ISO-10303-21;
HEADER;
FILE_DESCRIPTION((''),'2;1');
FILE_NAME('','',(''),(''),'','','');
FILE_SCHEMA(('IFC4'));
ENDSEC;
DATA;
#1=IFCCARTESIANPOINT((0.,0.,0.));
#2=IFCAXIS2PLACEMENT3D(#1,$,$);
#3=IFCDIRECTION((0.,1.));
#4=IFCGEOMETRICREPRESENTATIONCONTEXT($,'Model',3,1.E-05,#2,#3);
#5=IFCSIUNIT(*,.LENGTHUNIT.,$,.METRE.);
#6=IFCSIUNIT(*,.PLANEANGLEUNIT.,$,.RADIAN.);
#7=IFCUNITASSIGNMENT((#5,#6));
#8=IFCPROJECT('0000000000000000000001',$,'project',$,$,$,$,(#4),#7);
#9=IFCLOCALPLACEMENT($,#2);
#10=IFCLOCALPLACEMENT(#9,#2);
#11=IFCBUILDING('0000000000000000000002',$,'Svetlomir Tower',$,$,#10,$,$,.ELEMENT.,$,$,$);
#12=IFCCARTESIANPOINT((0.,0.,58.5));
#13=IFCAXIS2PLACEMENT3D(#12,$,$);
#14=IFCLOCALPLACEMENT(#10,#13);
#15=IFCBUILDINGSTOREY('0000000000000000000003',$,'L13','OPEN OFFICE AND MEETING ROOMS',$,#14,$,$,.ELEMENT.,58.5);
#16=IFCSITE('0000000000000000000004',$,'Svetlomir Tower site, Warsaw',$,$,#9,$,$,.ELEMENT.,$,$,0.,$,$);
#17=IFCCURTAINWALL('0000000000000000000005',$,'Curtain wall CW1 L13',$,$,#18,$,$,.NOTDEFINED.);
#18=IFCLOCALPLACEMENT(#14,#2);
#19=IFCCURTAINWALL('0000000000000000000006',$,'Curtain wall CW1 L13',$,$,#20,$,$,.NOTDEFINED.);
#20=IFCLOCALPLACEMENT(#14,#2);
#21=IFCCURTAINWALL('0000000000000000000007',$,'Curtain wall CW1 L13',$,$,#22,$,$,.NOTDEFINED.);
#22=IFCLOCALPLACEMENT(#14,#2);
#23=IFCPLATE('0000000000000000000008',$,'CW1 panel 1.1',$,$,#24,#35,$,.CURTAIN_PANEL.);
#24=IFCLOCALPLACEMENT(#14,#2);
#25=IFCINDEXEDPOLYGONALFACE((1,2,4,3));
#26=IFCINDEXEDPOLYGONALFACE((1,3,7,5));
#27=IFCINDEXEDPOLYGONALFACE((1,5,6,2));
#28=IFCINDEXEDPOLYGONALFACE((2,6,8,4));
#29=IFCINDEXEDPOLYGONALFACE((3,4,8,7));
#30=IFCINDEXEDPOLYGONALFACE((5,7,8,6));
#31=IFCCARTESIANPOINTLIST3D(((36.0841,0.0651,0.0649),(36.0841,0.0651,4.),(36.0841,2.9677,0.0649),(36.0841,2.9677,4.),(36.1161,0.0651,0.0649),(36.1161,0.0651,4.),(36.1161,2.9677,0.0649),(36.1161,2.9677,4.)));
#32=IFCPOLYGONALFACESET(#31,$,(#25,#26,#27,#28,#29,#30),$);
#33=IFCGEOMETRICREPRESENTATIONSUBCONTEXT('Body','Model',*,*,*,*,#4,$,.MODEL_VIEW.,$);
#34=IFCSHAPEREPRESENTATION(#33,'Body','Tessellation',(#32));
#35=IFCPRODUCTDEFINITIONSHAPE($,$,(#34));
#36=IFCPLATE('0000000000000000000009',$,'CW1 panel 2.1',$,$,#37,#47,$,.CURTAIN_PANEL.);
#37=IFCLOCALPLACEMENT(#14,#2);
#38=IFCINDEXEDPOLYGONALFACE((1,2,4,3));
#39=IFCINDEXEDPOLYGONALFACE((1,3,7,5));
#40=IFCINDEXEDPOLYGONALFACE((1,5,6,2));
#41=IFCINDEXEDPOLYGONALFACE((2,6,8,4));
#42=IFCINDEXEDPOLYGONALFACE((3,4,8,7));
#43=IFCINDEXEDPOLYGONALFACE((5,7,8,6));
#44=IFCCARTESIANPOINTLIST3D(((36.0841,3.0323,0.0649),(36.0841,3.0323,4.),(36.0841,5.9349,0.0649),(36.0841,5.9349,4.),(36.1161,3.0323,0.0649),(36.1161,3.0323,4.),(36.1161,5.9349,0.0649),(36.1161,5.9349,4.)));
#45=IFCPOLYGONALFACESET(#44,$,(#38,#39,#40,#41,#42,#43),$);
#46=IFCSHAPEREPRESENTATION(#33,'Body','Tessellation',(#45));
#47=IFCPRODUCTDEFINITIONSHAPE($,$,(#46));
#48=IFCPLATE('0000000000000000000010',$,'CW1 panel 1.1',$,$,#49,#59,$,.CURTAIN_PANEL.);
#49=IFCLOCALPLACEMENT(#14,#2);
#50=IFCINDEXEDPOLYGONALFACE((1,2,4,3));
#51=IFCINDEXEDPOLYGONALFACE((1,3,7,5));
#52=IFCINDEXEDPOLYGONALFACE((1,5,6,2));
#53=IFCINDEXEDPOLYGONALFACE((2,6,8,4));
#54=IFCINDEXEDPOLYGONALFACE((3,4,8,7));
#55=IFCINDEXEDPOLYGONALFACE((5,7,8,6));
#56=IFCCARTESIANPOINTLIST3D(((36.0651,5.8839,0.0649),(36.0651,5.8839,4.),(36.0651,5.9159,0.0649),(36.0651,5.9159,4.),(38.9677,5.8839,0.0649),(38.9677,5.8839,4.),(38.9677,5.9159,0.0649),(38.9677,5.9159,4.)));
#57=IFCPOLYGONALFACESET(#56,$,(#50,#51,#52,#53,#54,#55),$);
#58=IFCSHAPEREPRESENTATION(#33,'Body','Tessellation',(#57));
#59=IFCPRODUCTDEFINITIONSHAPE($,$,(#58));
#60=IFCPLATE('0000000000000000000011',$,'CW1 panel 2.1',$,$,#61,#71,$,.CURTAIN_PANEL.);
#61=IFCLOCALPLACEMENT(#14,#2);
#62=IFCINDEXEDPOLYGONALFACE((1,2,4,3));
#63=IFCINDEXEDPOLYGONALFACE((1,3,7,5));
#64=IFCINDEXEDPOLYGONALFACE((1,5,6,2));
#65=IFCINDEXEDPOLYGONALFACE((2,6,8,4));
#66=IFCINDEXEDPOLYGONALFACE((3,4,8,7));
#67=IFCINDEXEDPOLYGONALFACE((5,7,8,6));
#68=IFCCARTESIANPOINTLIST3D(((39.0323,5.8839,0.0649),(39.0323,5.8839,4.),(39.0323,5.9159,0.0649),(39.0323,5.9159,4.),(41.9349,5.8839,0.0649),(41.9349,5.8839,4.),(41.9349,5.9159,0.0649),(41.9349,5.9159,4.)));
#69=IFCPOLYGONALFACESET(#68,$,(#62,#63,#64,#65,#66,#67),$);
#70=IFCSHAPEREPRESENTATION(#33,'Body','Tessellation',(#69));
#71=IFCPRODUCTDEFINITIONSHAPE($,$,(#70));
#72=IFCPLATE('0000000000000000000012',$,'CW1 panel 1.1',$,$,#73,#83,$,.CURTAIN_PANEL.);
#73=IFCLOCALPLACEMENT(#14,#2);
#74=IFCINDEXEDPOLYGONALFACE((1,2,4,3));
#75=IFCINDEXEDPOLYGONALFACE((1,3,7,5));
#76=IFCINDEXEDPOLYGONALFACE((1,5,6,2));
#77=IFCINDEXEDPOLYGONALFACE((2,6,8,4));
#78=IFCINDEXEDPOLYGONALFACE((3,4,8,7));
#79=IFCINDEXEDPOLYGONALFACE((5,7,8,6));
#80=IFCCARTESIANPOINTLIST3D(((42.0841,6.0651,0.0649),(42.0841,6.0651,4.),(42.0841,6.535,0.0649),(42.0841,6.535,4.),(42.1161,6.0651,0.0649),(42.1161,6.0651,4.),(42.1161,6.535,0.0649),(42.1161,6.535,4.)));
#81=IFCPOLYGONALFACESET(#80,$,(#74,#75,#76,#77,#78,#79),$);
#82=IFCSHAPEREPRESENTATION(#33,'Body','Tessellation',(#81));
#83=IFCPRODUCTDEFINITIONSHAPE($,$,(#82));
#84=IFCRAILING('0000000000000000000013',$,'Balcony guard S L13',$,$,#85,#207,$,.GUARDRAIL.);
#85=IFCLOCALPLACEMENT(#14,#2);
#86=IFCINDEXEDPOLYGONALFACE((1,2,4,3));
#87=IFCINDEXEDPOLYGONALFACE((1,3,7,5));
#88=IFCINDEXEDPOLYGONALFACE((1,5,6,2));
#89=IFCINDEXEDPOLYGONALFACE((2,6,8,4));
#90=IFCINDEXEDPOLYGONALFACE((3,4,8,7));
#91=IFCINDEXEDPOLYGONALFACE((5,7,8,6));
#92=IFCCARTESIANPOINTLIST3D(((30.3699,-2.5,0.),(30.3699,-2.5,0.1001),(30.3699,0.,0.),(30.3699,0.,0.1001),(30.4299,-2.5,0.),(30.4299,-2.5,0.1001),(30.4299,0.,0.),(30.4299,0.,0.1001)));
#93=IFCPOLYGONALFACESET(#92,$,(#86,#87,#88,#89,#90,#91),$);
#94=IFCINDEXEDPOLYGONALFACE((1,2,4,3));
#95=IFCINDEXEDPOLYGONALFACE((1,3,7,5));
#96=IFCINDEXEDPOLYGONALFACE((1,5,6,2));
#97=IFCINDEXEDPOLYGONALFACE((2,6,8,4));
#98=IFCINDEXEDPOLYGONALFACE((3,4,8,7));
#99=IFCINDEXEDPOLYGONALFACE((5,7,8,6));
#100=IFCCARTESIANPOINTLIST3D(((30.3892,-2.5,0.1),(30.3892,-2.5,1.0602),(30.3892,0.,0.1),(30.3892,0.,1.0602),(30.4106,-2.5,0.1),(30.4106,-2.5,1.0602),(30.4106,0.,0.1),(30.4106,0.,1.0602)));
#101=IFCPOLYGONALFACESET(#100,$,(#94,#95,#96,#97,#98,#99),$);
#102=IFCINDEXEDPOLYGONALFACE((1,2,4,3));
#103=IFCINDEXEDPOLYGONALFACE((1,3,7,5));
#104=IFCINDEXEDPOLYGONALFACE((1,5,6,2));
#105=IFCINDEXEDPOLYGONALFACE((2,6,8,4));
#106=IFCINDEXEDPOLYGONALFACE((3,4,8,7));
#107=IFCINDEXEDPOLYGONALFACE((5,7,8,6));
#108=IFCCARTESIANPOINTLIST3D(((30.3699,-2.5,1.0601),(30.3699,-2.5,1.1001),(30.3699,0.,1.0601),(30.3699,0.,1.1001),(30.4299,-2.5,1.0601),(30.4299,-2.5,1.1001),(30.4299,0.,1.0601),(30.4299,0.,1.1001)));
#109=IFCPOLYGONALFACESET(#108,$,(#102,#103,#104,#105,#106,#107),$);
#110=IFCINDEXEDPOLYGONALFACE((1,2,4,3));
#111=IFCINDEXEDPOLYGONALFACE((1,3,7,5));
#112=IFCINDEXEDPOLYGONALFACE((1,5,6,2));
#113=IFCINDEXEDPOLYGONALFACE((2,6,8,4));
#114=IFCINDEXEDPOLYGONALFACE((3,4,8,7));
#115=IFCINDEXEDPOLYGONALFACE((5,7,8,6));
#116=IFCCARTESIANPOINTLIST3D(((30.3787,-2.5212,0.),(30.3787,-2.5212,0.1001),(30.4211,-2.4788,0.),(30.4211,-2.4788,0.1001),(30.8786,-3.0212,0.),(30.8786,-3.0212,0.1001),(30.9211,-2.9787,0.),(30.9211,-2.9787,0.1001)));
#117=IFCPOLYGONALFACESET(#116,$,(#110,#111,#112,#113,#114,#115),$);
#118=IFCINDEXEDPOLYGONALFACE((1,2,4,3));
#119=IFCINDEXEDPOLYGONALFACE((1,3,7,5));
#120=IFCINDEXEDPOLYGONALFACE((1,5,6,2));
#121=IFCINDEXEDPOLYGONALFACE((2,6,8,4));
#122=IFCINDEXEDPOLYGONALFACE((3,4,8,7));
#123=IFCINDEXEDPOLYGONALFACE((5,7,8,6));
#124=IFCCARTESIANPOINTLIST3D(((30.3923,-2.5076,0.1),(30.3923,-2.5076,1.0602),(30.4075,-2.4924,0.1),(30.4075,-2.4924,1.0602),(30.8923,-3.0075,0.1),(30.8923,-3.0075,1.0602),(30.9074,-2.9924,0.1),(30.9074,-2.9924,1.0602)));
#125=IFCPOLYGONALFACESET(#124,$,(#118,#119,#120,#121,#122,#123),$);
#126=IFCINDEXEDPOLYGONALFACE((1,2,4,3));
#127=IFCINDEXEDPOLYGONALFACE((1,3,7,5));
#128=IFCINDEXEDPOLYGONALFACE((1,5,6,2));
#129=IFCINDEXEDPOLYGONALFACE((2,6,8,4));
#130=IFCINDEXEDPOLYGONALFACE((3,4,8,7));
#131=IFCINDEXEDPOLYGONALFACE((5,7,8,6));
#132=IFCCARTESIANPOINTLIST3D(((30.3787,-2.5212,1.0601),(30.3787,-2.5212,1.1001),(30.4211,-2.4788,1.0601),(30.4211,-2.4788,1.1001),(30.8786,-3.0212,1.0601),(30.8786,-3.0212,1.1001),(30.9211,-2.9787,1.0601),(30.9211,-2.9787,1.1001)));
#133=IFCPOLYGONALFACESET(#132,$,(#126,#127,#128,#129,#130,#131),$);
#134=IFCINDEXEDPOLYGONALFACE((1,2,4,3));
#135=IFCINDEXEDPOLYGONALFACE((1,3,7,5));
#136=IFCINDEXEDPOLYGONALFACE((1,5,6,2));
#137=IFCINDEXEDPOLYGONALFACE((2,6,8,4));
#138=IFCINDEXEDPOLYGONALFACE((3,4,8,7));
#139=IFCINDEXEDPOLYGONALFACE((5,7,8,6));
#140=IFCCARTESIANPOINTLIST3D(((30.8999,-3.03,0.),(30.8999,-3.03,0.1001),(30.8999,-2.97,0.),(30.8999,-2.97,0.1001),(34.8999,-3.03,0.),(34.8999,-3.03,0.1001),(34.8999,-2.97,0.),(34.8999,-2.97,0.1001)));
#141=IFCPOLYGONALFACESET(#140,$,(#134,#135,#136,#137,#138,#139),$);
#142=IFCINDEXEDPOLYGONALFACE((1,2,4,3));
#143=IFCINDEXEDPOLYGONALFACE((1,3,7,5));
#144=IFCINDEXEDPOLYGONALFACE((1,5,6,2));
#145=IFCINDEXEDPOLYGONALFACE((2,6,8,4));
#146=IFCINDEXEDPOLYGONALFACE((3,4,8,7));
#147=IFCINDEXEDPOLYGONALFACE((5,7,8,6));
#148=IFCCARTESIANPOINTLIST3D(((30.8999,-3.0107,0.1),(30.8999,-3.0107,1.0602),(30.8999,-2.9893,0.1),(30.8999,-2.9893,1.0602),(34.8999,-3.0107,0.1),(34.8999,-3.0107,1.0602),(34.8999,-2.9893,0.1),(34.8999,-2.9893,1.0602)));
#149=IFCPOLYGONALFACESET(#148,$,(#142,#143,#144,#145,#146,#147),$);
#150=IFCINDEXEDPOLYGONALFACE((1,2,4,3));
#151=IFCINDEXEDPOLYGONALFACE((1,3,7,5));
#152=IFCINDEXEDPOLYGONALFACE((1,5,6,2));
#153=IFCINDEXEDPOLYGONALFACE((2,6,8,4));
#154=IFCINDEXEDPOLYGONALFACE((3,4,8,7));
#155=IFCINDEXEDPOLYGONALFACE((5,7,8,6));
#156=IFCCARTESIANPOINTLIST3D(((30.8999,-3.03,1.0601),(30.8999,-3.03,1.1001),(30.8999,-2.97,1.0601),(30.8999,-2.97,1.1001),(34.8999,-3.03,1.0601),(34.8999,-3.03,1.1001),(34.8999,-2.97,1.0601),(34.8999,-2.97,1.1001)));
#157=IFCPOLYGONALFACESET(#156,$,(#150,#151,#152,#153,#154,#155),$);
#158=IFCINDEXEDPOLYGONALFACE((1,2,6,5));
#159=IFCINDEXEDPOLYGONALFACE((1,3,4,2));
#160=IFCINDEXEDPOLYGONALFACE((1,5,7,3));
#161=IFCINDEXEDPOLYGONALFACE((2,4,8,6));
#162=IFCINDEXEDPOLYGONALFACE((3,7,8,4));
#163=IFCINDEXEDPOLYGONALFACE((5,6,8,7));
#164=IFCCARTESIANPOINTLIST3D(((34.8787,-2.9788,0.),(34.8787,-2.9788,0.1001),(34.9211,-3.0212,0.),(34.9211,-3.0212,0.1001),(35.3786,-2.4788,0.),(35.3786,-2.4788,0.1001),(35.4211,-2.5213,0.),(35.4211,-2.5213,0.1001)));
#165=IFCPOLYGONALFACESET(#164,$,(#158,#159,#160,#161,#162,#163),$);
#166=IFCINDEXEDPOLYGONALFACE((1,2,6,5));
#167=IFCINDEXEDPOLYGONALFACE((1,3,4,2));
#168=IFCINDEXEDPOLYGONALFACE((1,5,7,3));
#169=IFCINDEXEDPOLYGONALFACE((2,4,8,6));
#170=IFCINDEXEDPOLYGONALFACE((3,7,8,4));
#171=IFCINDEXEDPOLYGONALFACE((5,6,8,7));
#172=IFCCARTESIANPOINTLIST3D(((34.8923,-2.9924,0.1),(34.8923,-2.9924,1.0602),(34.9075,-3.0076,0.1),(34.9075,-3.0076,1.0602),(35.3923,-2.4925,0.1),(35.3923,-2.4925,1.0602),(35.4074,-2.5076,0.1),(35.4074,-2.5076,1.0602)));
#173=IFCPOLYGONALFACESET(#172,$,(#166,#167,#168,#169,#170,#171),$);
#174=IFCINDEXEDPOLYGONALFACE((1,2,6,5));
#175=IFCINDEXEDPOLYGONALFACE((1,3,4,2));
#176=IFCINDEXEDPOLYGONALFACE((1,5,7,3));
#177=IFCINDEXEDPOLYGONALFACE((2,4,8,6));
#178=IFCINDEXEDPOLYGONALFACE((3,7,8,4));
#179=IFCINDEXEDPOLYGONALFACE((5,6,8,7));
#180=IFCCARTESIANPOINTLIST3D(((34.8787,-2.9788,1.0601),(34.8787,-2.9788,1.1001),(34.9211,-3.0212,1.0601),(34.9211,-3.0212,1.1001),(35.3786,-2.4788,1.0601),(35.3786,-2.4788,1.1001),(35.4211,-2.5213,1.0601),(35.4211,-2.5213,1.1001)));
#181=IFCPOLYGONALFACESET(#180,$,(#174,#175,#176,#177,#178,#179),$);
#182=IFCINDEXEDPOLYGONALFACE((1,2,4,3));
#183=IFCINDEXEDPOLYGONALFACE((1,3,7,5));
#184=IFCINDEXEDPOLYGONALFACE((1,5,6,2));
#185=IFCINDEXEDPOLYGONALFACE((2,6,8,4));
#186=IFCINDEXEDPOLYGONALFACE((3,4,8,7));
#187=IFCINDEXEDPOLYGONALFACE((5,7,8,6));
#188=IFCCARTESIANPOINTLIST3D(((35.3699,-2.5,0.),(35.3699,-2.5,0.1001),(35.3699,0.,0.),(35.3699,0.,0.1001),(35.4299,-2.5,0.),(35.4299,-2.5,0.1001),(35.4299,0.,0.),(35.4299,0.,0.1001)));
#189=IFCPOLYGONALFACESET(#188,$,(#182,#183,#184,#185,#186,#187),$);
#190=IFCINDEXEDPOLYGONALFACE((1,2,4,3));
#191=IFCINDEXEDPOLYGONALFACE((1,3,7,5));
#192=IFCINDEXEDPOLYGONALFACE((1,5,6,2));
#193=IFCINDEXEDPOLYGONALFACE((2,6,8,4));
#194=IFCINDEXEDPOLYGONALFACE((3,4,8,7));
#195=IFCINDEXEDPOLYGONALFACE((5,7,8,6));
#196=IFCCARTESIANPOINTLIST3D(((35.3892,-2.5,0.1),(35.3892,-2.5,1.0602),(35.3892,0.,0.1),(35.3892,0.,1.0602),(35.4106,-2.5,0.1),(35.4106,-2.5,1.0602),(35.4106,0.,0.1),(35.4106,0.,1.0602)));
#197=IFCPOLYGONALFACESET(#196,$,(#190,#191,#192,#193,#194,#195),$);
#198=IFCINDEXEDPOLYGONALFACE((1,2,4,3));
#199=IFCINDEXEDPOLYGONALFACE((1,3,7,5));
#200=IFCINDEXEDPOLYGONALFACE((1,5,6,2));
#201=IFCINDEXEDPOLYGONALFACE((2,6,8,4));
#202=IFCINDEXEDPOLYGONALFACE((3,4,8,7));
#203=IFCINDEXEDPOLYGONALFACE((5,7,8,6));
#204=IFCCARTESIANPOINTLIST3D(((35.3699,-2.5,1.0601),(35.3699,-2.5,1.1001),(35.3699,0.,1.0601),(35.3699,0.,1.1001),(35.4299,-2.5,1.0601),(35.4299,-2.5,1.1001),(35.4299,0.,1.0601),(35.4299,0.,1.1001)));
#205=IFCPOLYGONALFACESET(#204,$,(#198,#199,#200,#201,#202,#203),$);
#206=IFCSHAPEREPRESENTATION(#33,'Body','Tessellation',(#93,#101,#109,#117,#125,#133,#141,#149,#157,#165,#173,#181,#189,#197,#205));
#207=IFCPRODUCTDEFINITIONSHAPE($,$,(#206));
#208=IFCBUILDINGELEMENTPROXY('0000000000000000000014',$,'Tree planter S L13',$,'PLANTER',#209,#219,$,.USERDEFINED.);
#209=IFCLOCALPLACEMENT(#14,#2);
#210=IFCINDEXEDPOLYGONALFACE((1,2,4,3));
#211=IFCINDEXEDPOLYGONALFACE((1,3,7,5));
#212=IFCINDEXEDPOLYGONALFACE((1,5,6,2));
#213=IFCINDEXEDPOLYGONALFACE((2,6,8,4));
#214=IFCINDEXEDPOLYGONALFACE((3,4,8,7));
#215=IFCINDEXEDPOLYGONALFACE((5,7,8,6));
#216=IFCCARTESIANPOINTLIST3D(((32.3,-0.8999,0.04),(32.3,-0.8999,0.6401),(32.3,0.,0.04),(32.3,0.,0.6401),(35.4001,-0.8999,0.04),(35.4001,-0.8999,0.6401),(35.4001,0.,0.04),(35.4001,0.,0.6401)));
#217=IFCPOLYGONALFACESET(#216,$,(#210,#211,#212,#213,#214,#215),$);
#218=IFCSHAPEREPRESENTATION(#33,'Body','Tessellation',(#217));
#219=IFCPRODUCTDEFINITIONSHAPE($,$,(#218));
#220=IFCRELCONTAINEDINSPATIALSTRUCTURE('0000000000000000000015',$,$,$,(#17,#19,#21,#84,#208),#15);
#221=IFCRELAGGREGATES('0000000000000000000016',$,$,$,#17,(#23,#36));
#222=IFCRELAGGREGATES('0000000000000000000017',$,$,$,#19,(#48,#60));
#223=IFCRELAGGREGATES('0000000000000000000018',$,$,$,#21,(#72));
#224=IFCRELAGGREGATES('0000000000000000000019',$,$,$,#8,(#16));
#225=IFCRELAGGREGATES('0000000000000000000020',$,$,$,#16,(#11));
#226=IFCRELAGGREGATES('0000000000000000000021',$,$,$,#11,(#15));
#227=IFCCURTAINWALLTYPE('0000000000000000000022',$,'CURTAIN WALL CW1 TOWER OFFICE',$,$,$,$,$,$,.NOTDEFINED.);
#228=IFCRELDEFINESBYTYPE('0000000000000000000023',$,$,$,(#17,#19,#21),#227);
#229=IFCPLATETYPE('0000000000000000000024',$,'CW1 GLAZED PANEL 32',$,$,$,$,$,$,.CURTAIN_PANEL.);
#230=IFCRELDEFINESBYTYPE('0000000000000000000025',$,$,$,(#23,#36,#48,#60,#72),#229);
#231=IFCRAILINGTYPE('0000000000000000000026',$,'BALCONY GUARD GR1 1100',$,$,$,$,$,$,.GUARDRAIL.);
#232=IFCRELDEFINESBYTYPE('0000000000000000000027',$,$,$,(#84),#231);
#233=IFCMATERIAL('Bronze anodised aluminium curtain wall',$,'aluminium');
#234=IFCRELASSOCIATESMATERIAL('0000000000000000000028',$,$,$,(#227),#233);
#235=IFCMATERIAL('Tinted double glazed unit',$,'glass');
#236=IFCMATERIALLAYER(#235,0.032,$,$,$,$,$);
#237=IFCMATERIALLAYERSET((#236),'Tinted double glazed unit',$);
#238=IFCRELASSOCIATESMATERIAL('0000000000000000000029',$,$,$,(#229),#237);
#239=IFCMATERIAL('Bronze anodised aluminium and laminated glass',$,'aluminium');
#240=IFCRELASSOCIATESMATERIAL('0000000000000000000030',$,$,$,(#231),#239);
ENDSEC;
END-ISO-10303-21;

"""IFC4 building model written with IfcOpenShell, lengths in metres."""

from ifc_helpers import new_model, si_unit, direction, frame, origin, origin_2d, place, context, subcontext, project, spatial, rectangle, extrude, material, layer, layer_set, type_object, element, aggregate, save


model = new_model("IFC4")

# Units and contexts
model_context = context("Model", 3, precision=1e-05, world=origin(), true_north=direction((0.0, 1.0)))
body_context = subcontext(model_context, "Body", "Model", "MODEL_VIEW")
ifc_project = project(units=[si_unit("LENGTHUNIT", "METRE"), si_unit("PLANEANGLEUNIT", "RADIAN")], contexts=[model_context])

# Site, building, storey
site_placement = place(None, origin())
site = spatial("IfcSite", under=ifc_project, at=site_placement, Name="Svetlomir Tower site, Warsaw", CompositionType="ELEMENT", RefElevation=0.0)
building_placement = place(site_placement, origin())
building = spatial("IfcBuilding", under=site, at=building_placement, Name="Svetlomir Tower", CompositionType="ELEMENT")
storey_placement = place(building_placement, frame((0.0, 0.0, 58.5)))
storey = spatial("IfcBuildingStorey", under=building, at=storey_placement, Name="L13", Description="OPEN OFFICE AND MEETING ROOMS", CompositionType="ELEMENT", Elevation=58.5)

# Curtain walls
ifc_material_1 = material(Name="Bronze anodised aluminium curtain wall", Category="aluminium")
curtain_wall_type = type_object("IfcCurtainWallType", Name="CURTAIN WALL CW1 TOWER OFFICE", PredefinedType="NOTDEFINED", material=ifc_material_1)
curtain_wall_1_placement = place(storey_placement, origin())
curtain_wall_1 = element("IfcCurtainWall", 1, at=curtain_wall_1_placement, inside=storey, type_object=curtain_wall_type, Name="Curtain wall CW1 L13", PredefinedType="NOTDEFINED")
curtain_wall_2_placement = place(storey_placement, origin())
curtain_wall_2 = element("IfcCurtainWall", 2, at=curtain_wall_2_placement, inside=storey, type_object=curtain_wall_type, Name="Curtain wall CW1 L13", PredefinedType="NOTDEFINED")

# Curtain wall
curtain_wall_3_placement = place(storey_placement, origin())
curtain_wall_3 = element("IfcCurtainWall", 3, at=curtain_wall_3_placement, inside=storey, type_object=curtain_wall_type, Name="Curtain wall CW1 L13", PredefinedType="NOTDEFINED")

# Plates
ifc_material_2 = material(Name="Tinted double glazed unit", Category="glass")
ifc_layer = layer(ifc_material_2, 0.032)
ifc_layer_set = layer_set([ifc_layer], Name="Tinted double glazed unit")
plate_type = type_object("IfcPlateType", Name="CW1 GLAZED PANEL 32", PredefinedType="CURTAIN_PANEL", material=ifc_layer_set)
plate_1_placement = place(storey_placement, frame((36.1001, 1.5164, 0.0649), z_axis=(0.0, 0.0, 1.0), x_axis=(0.0, 1.0, 0.0)))
plate_1 = element("IfcPlate", 4, at=plate_1_placement, type_object=plate_type, Name="CW1 panel 1.1", PredefinedType="CURTAIN_PANEL", context=body_context, shape_type="SweptSolid", body=[
    extrude(rectangle(XDim=2.9026, YDim=0.032, at=origin_2d()), origin(), (0.0, 0.0, 1.0), 3.9351),
])
plate_2_placement = place(storey_placement, frame((36.1001, 4.4836, 0.0649), z_axis=(0.0, 0.0, 1.0), x_axis=(0.0, 1.0, 0.0)))
plate_2 = element("IfcPlate", 5, at=plate_2_placement, type_object=plate_type, Name="CW1 panel 2.1", PredefinedType="CURTAIN_PANEL", context=body_context, shape_type="SweptSolid", body=[
    extrude(rectangle(XDim=2.9026, YDim=0.032, at=origin_2d()), origin(), (0.0, 0.0, 1.0), 3.9351),
])
aggregate(curtain_wall_1, [plate_1, plate_2])
plate_3_placement = place(storey_placement, frame((37.5164, 5.8999, 0.0649), z_axis=(0.0, 0.0, 1.0), x_axis=(1.0, 0.0, 0.0)))
plate_3 = element("IfcPlate", 6, at=plate_3_placement, type_object=plate_type, Name="CW1 panel 1.1", PredefinedType="CURTAIN_PANEL", context=body_context, shape_type="SweptSolid", body=[
    extrude(rectangle(XDim=2.9026, YDim=0.032, at=origin_2d()), origin(), (0.0, 0.0, 1.0), 3.9351),
])
plate_4_placement = place(storey_placement, frame((40.4836, 5.8999, 0.0649), z_axis=(0.0, 0.0, 1.0), x_axis=(1.0, 0.0, 0.0)))
plate_4 = element("IfcPlate", 7, at=plate_4_placement, type_object=plate_type, Name="CW1 panel 2.1", PredefinedType="CURTAIN_PANEL", context=body_context, shape_type="SweptSolid", body=[
    extrude(rectangle(XDim=2.9026, YDim=0.032, at=origin_2d()), origin(), (0.0, 0.0, 1.0), 3.9351),
])
aggregate(curtain_wall_2, [plate_3, plate_4])
plate_5_placement = place(storey_placement, frame((42.1001, 6.3, 0.0649), z_axis=(0.0, 0.0, 1.0), x_axis=(0.0, 1.0, 0.0)))
plate_5 = element("IfcPlate", 8, at=plate_5_placement, type_object=plate_type, Name="CW1 panel 1.1", PredefinedType="CURTAIN_PANEL", context=body_context, shape_type="SweptSolid", body=[
    extrude(rectangle(XDim=0.47, YDim=0.032, at=origin_2d()), origin(), (0.0, 0.0, 1.0), 3.9351),
])
aggregate(curtain_wall_3, [plate_5])

# Railing
ifc_material_3 = material(Name="Bronze anodised aluminium and laminated glass", Category="aluminium")
railing_type = type_object("IfcRailingType", Name="BALCONY GUARD GR1 1100", PredefinedType="GUARDRAIL", material=ifc_material_3)
railing_placement = place(storey_placement, frame((30.3999, 0.0, 0.0)))
element("IfcRailing", 9, at=railing_placement, inside=storey, type_object=railing_type, Name="Balcony guard S L13", PredefinedType="GUARDRAIL", context=body_context, shape_type="SweptSolid", body=[
    extrude(rectangle(XDim=0.0601, YDim=0.1001, at=origin_2d()), frame((0.0, 0.0, 0.05), z_axis=(0.0, -1.0, 0.0), x_axis=(1.0, 0.0, 0.0)), (0.0, 0.0, 1.0), 2.5),
    extrude(rectangle(XDim=0.0215, YDim=0.9602, at=origin_2d()), frame((0.0, 0.0, 0.5801), z_axis=(0.0, -1.0, 0.0), x_axis=(1.0, 0.0, 0.0)), (0.0, 0.0, 1.0), 2.5),
    extrude(rectangle(XDim=0.0601, YDim=0.04, at=origin_2d()), frame((0.0, 0.0, 1.0801), z_axis=(0.0, -1.0, 0.0), x_axis=(1.0, 0.0, 0.0)), (0.0, 0.0, 1.0), 2.5),
    extrude(rectangle(XDim=0.0601, YDim=0.1001, at=origin_2d()), frame((0.0, -2.5, 0.05), z_axis=(0.707107, -0.707107, 0.0), x_axis=(0.707107, 0.707107, 0.0)), (0.0, 0.0, 1.0), 0.707),
    extrude(rectangle(XDim=0.0215, YDim=0.9602, at=origin_2d()), frame((0.0, -2.5, 0.5801), z_axis=(0.707107, -0.707107, 0.0), x_axis=(0.707107, 0.707107, 0.0)), (0.0, 0.0, 1.0), 0.707),
    extrude(rectangle(XDim=0.0601, YDim=0.04, at=origin_2d()), frame((0.0, -2.5, 1.0801), z_axis=(0.707107, -0.707107, 0.0), x_axis=(0.707107, 0.707107, 0.0)), (0.0, 0.0, 1.0), 0.707),
    extrude(rectangle(XDim=0.0601, YDim=0.1001, at=origin_2d()), frame((0.5, -3.0, 0.05), z_axis=(1.0, 0.0, 0.0), x_axis=(0.0, 1.0, 0.0)), (0.0, 0.0, 1.0), 4.0),
    extrude(rectangle(XDim=0.0215, YDim=0.9602, at=origin_2d()), frame((0.5, -3.0, 0.5801), z_axis=(1.0, 0.0, 0.0), x_axis=(0.0, 1.0, 0.0)), (0.0, 0.0, 1.0), 4.0),
    extrude(rectangle(XDim=0.0601, YDim=0.04, at=origin_2d()), frame((0.5, -3.0, 1.0801), z_axis=(1.0, 0.0, 0.0), x_axis=(0.0, 1.0, 0.0)), (0.0, 0.0, 1.0), 4.0),
    extrude(rectangle(XDim=0.0601, YDim=0.1001, at=origin_2d()), frame((4.5, -3.0, 0.05), z_axis=(0.707107, 0.707107, 0.0), x_axis=(-0.707107, 0.707107, 0.0)), (0.0, 0.0, 1.0), 0.707),
    extrude(rectangle(XDim=0.0215, YDim=0.9602, at=origin_2d()), frame((4.5, -3.0, 0.5801), z_axis=(0.707107, 0.707107, 0.0), x_axis=(-0.707107, 0.707107, 0.0)), (0.0, 0.0, 1.0), 0.707),
    extrude(rectangle(XDim=0.0601, YDim=0.04, at=origin_2d()), frame((4.5, -3.0, 1.0801), z_axis=(0.707107, 0.707107, 0.0), x_axis=(-0.707107, 0.707107, 0.0)), (0.0, 0.0, 1.0), 0.707),
    extrude(rectangle(XDim=0.0601, YDim=0.1001, at=origin_2d()), frame((5.0, -2.5, 0.05), z_axis=(0.0, 1.0, 0.0), x_axis=(-1.0, 0.0, 0.0)), (0.0, 0.0, 1.0), 2.5),
    extrude(rectangle(XDim=0.0215, YDim=0.9602, at=origin_2d()), frame((5.0, -2.5, 0.5801), z_axis=(0.0, 1.0, 0.0), x_axis=(-1.0, 0.0, 0.0)), (0.0, 0.0, 1.0), 2.5),
    extrude(rectangle(XDim=0.0601, YDim=0.04, at=origin_2d()), frame((5.0, -2.5, 1.0801), z_axis=(0.0, 1.0, 0.0), x_axis=(-1.0, 0.0, 0.0)), (0.0, 0.0, 1.0), 2.5),
])

# Building element proxy
proxy_placement = place(storey_placement, frame((33.8501, -0.45, 0.04), z_axis=(0.0, 0.0, 1.0), x_axis=(1.0, 0.0, 0.0)))
element("IfcBuildingElementProxy", 10, at=proxy_placement, inside=storey, Name="Tree planter S L13", ObjectType="PLANTER", PredefinedType="USERDEFINED", context=body_context, shape_type="SweptSolid", body=[
    extrude(rectangle(XDim=3.1001, YDim=0.8999, at=origin_2d()), origin(), (0.0, 0.0, 1.0), 0.6001),
])

save(model, "model.ifc")
